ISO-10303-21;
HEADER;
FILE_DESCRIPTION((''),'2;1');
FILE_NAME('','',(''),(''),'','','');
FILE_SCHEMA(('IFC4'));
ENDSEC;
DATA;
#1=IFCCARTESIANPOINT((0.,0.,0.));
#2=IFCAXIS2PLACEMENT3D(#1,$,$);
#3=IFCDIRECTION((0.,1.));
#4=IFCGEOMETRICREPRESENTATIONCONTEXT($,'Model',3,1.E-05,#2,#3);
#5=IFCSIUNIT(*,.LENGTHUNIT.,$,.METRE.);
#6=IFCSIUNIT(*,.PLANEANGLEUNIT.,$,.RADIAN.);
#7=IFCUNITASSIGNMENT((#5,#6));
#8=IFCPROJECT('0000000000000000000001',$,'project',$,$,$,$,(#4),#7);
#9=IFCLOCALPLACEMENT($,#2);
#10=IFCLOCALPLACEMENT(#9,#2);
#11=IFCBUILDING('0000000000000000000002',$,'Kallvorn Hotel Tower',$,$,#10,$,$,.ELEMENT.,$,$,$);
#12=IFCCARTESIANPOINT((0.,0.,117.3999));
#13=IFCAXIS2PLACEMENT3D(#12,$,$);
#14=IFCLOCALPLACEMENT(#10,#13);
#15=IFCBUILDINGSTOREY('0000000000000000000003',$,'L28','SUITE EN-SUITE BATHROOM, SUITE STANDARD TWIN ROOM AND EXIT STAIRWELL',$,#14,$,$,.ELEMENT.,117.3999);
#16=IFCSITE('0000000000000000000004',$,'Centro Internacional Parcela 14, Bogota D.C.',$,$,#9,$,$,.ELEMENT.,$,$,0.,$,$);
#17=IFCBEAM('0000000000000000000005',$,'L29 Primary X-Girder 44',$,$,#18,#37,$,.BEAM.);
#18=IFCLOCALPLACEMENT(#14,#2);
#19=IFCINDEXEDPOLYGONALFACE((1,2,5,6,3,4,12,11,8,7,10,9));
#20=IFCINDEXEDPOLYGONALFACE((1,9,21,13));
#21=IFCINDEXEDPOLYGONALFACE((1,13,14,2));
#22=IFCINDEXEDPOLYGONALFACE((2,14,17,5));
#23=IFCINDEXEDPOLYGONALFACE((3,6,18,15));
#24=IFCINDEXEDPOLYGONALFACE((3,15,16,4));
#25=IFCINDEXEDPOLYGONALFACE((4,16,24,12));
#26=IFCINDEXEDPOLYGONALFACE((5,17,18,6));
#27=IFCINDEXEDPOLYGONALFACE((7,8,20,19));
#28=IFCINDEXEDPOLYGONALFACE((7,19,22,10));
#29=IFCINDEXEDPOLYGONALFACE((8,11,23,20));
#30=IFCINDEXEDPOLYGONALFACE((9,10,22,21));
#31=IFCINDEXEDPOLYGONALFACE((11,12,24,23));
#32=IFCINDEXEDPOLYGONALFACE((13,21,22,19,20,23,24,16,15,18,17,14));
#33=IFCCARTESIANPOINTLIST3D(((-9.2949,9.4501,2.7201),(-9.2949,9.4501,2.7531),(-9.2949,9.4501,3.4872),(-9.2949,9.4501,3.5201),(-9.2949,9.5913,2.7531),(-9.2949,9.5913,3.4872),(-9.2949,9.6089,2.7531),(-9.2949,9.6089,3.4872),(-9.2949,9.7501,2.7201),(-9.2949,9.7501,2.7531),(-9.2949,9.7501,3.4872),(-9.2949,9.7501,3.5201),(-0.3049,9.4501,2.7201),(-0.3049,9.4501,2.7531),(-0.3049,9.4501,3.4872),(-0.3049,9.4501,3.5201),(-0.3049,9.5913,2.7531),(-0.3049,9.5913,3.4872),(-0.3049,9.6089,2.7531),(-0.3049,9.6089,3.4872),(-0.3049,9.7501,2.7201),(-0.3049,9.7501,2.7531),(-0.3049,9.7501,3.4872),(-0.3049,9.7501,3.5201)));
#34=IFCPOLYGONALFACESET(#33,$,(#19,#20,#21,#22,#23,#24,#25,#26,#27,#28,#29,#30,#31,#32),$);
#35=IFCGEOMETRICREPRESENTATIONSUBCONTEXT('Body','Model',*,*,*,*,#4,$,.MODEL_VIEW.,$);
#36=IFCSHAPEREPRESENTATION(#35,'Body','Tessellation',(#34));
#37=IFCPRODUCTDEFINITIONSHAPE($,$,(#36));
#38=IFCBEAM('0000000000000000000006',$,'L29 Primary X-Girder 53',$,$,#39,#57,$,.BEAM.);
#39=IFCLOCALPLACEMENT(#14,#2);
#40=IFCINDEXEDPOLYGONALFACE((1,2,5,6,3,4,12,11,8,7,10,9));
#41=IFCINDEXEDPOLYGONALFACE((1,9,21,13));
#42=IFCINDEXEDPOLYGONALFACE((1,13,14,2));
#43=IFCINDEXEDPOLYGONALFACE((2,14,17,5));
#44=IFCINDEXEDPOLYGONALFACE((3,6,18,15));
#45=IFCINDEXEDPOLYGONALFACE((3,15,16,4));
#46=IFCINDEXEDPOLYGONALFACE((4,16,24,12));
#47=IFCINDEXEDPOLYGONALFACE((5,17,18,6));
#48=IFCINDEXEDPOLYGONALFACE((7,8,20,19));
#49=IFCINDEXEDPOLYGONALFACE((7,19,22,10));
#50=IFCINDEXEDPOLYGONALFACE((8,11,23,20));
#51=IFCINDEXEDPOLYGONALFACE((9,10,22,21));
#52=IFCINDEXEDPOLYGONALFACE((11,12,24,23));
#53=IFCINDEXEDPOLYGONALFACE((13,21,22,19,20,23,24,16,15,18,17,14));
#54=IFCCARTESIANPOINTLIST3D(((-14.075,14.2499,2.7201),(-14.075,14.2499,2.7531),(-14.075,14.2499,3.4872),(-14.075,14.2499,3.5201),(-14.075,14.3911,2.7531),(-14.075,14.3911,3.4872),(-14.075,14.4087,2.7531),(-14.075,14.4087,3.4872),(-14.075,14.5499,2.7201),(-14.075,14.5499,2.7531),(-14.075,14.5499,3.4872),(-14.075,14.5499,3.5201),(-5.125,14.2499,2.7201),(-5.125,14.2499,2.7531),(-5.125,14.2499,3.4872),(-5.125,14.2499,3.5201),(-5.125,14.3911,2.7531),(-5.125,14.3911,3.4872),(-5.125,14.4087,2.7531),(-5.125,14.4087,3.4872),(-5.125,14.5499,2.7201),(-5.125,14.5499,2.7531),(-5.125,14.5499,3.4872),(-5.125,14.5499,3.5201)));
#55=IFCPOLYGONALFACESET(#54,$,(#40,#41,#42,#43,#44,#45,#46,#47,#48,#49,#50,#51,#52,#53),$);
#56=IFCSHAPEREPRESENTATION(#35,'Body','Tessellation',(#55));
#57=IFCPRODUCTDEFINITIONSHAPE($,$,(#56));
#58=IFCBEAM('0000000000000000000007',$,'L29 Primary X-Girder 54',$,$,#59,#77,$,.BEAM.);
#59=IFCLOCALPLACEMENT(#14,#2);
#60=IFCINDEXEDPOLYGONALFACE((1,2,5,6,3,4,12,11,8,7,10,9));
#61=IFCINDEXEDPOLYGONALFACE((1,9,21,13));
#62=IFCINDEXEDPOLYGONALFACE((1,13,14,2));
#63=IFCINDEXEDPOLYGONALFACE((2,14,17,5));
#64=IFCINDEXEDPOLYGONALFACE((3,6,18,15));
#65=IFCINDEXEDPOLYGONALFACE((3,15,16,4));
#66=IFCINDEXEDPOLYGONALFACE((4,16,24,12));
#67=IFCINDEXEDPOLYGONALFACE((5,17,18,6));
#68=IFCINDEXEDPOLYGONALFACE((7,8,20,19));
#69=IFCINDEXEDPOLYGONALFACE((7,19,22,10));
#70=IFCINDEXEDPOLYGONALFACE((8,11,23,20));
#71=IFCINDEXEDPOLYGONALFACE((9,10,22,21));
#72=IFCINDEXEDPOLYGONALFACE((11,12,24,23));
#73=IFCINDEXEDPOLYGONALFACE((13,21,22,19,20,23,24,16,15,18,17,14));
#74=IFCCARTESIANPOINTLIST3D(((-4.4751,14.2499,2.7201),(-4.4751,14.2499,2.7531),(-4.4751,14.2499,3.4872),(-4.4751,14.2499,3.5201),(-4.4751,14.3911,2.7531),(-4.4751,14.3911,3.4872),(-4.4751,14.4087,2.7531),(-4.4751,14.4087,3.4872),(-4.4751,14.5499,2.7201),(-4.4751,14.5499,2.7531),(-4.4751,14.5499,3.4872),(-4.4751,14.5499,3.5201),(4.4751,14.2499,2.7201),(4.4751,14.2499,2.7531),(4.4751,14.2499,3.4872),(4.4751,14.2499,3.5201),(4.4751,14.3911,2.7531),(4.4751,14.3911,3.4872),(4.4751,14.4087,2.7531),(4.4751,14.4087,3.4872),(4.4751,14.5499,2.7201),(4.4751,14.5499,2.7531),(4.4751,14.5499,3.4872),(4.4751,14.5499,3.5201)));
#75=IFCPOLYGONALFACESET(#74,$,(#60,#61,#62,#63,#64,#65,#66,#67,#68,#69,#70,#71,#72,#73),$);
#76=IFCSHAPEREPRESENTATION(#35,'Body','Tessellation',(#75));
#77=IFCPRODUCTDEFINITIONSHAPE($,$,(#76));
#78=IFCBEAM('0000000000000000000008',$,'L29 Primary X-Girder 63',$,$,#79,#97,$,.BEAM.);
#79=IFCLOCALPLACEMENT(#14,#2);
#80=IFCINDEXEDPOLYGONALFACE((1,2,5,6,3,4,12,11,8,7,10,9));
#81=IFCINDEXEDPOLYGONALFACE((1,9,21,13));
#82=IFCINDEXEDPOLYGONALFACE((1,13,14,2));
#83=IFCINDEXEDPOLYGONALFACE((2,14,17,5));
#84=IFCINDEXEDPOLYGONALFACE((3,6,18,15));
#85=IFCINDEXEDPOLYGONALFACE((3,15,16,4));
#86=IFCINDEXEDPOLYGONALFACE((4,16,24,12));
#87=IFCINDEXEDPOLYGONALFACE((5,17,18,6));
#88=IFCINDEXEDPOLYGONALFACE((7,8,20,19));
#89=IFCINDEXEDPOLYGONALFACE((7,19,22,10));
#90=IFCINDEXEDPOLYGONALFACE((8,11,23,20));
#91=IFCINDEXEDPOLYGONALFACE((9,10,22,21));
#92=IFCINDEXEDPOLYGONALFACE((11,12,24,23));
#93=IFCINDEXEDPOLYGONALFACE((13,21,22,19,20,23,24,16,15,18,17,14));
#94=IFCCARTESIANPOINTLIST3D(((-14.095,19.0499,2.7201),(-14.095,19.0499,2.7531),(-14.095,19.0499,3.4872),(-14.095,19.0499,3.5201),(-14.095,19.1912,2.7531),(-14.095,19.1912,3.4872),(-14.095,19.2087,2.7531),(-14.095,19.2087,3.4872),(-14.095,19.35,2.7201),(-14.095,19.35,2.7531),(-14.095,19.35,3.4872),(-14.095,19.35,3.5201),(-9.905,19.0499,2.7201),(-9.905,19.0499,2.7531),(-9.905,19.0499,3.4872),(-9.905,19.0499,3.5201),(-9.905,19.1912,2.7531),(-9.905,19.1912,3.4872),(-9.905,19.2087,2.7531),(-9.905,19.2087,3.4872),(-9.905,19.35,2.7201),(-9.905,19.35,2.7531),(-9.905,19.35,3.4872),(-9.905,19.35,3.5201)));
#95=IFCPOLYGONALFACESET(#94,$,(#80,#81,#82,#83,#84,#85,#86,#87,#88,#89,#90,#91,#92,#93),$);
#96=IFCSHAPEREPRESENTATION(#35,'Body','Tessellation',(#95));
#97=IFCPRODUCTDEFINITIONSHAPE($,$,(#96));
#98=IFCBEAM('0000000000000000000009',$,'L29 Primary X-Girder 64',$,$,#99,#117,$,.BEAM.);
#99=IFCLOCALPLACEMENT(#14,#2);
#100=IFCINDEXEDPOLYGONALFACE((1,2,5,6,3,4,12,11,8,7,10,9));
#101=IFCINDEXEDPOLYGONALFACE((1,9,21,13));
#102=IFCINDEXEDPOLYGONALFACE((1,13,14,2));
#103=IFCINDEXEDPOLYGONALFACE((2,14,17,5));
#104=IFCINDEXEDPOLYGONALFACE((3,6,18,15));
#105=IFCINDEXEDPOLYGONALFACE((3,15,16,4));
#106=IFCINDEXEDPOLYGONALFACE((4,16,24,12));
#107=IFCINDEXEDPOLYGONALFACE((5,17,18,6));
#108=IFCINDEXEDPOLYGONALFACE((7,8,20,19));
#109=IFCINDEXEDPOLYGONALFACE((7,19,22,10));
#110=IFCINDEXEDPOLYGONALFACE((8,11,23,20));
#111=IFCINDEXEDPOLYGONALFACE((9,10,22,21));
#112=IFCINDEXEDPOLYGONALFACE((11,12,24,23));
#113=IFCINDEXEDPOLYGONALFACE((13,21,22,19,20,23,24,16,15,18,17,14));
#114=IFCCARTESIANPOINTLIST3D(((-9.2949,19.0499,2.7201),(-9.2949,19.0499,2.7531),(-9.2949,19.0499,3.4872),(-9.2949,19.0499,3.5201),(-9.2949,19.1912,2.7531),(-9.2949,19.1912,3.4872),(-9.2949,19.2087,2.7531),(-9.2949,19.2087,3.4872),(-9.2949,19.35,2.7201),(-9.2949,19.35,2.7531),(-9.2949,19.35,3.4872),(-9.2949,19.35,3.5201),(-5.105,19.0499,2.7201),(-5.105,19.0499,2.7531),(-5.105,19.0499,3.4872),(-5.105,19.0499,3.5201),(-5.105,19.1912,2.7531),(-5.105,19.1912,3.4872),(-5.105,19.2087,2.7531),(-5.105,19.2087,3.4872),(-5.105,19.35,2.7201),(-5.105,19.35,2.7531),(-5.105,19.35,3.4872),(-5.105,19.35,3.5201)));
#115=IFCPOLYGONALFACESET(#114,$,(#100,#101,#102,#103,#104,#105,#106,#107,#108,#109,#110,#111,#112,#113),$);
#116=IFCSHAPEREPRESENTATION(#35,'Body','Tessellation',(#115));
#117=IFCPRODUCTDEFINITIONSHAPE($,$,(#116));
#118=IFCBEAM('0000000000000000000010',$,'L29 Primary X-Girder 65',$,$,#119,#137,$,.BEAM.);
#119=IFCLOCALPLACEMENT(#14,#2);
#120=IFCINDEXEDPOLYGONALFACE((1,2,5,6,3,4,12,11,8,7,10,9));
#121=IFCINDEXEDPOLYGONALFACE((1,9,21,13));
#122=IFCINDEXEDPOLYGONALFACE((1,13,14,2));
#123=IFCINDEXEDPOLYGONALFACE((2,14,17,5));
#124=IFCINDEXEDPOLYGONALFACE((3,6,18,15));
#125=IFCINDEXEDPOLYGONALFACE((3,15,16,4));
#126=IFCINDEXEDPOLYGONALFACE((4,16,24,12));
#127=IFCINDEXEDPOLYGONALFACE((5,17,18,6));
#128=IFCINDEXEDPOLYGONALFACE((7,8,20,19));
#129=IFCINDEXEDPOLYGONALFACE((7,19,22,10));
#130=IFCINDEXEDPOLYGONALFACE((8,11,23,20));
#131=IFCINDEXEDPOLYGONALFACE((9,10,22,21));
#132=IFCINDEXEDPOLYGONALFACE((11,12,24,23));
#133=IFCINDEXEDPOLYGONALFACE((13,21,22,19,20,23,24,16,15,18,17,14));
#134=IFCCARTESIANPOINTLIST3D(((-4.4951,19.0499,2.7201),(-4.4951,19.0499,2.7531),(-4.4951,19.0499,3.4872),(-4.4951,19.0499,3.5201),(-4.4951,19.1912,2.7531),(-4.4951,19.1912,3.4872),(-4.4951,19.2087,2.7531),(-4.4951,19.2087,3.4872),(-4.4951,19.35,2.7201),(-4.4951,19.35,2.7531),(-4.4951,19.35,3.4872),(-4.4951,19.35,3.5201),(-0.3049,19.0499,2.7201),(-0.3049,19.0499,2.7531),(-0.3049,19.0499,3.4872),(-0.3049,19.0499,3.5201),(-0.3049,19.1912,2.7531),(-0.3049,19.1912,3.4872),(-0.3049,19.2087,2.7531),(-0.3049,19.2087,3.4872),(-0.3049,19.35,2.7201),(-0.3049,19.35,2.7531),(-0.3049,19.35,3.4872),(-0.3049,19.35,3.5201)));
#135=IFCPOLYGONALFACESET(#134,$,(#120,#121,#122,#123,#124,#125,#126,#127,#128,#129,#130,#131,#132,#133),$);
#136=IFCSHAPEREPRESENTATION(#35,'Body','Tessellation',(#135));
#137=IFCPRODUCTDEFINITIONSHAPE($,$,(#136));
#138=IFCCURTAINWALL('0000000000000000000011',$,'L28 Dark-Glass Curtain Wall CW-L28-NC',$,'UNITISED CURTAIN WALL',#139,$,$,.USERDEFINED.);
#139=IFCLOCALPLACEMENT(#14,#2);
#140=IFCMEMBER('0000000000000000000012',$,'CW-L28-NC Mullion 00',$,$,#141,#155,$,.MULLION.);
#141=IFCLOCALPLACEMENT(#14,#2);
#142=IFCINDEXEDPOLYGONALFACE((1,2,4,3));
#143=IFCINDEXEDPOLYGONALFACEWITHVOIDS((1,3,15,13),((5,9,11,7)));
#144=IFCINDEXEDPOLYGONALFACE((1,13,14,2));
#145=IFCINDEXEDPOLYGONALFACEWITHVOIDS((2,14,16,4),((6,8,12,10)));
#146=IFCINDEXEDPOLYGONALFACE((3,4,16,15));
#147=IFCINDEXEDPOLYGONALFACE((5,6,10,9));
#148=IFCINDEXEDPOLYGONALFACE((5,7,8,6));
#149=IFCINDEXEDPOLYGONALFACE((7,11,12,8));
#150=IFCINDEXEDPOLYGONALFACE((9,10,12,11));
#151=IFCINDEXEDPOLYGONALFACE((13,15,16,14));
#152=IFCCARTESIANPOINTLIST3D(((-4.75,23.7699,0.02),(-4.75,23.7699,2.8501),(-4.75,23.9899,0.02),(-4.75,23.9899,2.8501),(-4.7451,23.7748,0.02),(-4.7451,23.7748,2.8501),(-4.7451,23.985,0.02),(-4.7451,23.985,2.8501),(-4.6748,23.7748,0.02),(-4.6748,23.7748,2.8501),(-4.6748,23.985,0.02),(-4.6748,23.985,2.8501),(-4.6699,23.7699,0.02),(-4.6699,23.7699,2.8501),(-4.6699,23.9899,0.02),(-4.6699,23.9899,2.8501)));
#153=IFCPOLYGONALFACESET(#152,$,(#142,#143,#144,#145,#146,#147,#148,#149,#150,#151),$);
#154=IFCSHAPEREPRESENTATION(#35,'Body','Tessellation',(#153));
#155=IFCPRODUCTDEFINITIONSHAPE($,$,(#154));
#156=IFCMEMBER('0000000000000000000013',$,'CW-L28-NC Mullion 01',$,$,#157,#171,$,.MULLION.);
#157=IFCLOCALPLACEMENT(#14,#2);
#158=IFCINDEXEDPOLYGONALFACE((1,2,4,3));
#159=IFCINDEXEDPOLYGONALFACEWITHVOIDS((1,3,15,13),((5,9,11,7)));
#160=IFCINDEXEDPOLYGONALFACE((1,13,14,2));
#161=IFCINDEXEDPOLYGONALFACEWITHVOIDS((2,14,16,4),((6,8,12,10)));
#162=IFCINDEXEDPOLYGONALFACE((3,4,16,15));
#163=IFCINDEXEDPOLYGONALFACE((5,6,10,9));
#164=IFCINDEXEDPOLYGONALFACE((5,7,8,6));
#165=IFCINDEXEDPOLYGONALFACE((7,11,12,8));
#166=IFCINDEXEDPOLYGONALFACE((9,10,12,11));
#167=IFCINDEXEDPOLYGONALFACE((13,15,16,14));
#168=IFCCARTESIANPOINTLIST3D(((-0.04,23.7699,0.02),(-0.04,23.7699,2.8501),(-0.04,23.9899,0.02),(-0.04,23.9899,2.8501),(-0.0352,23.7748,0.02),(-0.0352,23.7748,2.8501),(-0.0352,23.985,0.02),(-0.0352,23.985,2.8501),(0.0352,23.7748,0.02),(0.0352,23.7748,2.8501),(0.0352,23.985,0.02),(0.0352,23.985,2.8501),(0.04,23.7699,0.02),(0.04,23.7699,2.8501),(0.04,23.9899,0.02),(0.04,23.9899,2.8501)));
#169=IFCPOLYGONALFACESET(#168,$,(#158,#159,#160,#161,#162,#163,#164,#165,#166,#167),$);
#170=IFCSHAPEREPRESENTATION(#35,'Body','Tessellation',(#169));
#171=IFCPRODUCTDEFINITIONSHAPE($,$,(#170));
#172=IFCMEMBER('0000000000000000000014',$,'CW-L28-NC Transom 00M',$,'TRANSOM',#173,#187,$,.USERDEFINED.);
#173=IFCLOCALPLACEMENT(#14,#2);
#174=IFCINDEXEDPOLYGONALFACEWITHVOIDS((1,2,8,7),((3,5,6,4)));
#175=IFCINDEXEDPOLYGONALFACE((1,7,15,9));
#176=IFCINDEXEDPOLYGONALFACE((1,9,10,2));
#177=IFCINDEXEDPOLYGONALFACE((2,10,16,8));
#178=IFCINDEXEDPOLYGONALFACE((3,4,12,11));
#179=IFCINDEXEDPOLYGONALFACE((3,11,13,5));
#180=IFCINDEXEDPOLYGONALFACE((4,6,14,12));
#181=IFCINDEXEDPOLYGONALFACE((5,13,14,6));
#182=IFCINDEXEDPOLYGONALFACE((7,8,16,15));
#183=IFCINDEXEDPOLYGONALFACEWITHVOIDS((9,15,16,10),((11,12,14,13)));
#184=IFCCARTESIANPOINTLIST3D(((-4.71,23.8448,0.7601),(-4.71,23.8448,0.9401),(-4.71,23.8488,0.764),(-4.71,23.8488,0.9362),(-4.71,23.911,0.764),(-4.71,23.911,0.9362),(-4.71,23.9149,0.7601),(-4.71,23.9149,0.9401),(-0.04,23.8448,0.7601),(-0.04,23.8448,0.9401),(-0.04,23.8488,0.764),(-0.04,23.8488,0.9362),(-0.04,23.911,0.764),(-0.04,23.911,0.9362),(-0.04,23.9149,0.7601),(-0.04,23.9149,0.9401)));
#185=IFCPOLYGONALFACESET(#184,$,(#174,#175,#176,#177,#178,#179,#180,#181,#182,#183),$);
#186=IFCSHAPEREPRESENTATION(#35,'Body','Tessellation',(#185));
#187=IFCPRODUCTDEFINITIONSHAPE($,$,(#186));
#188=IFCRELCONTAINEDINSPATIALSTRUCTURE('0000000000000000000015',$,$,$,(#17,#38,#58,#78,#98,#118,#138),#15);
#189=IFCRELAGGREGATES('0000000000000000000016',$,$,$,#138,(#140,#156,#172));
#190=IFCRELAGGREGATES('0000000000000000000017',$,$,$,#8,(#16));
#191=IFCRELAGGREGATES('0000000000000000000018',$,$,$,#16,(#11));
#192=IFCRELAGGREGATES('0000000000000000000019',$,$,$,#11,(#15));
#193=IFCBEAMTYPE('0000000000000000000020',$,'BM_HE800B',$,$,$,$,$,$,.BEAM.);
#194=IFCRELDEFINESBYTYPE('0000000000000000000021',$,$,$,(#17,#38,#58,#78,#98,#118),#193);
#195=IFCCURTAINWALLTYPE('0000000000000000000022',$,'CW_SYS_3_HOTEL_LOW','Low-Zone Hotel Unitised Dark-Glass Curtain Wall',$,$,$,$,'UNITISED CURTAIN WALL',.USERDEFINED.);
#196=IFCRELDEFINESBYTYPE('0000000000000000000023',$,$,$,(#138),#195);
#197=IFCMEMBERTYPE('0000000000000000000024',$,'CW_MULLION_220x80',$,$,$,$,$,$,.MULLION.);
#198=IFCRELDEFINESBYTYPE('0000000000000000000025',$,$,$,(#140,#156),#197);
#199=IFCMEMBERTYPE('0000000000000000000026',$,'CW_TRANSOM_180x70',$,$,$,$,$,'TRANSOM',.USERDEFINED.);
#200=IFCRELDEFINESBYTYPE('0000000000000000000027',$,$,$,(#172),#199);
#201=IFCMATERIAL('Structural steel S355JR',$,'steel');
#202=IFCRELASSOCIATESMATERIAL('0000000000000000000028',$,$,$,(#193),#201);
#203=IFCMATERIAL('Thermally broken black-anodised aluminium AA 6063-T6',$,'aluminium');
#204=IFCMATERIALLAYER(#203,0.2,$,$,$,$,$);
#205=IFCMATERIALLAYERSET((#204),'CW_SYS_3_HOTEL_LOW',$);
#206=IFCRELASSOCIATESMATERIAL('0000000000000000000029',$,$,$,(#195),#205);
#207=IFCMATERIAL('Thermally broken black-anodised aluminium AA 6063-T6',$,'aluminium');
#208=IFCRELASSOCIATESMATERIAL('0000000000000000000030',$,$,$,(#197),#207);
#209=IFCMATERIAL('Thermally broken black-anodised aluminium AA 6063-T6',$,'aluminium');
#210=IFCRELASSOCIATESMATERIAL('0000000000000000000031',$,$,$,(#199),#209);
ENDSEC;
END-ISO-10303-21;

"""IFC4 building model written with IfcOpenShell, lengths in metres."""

from ifc_helpers import new_model, si_unit, direction, frame, origin, origin_2d, place, context, subcontext, project, spatial, hollow_rectangle, i_section, extrude, material, layer, layer_set, material_profile, profile_set, type_object, element, aggregate, save


model = new_model("IFC4")

# Units and contexts
model_context = context("Model", 3, precision=1e-05, world=origin(), true_north=direction((0.0, 1.0)))
body_context = subcontext(model_context, "Body", "Model", "MODEL_VIEW")
ifc_project = project(units=[si_unit("LENGTHUNIT", "METRE"), si_unit("PLANEANGLEUNIT", "RADIAN")], contexts=[model_context])

# Site, building, storey
site_placement = place(None, origin())
site = spatial("IfcSite", under=ifc_project, at=site_placement, Name="Centro Internacional Parcela 14, Bogota D.C.", CompositionType="ELEMENT", RefElevation=0.0)
building_placement = place(site_placement, origin())
building = spatial("IfcBuilding", under=site, at=building_placement, Name="Kallvorn Hotel Tower", CompositionType="ELEMENT")
storey_placement = place(building_placement, frame((0.0, 0.0, 117.3999)))
storey = spatial("IfcBuildingStorey", under=building, at=storey_placement, Name="L28", Description="SUITE EN-SUITE BATHROOM, SUITE STANDARD TWIN ROOM AND EXIT STAIRWELL", CompositionType="ELEMENT", Elevation=117.3999)

# Beams
ifc_material_1 = material(Name="Structural steel S355JR", Category="steel")
ifc_material_profile_1 = material_profile(ifc_material_1, i_section(OverallWidth=0.3, OverallDepth=0.8, WebThickness=0.0176, FlangeThickness=0.033, at=origin_2d()), Name="HE 800 B")
ifc_profile_set_1 = profile_set([ifc_material_profile_1], Name="Structural steel S355JR")
beam_type_1 = type_object("IfcBeamType", Name="BM_HE800B", PredefinedType="BEAM", material=ifc_profile_set_1)
beam_1_placement = place(storey_placement, frame((-9.2949, 9.6001, 3.1201), z_axis=(1.0, 0.0, 0.0), x_axis=(0.0, 1.0, 0.0)))
element("IfcBeam", 1, at=beam_1_placement, inside=storey, type_object=beam_type_1, Name="L29 Primary X-Girder 44", PredefinedType="BEAM", context=body_context, shape_type="SweptSolid", body=[
    extrude(i_section(OverallWidth=0.3, OverallDepth=0.8, WebThickness=0.0176, FlangeThickness=0.033, at=origin_2d()), origin(), (0.0, 0.0, 1.0), 8.99),
])
beam_2_placement = place(storey_placement, frame((-14.075, 14.3999, 3.1201), z_axis=(1.0, 0.0, 0.0), x_axis=(0.0, 1.0, 0.0)))
element("IfcBeam", 2, at=beam_2_placement, inside=storey, type_object=beam_type_1, Name="L29 Primary X-Girder 53", PredefinedType="BEAM", context=body_context, shape_type="SweptSolid", body=[
    extrude(i_section(OverallWidth=0.3, OverallDepth=0.8, WebThickness=0.0176, FlangeThickness=0.033, at=origin_2d()), origin(), (0.0, 0.0, 1.0), 8.95),
])
beam_3_placement = place(storey_placement, frame((-4.4751, 14.3999, 3.1201), z_axis=(1.0, 0.0, 0.0), x_axis=(0.0, 1.0, 0.0)))
element("IfcBeam", 3, at=beam_3_placement, inside=storey, type_object=beam_type_1, Name="L29 Primary X-Girder 54", PredefinedType="BEAM", context=body_context, shape_type="SweptSolid", body=[
    extrude(i_section(OverallWidth=0.3, OverallDepth=0.8, WebThickness=0.0176, FlangeThickness=0.033, at=origin_2d()), origin(), (0.0, 0.0, 1.0), 8.9502),
])
for number, where, z_axis, x_axis, name in (
    (4, (-14.095, 19.2, 3.1201), (1.0, 0.0, 0.0), (0.0, 1.0, 0.0), "L29 Primary X-Girder 63"),
    (5, (-9.2949, 19.2, 3.1201), (1.0, 0.0, 0.0), (0.0, 1.0, 0.0), "L29 Primary X-Girder 64"),
):
    element("IfcBeam", number, at=place(storey_placement, frame(where, z_axis=z_axis, x_axis=x_axis)), inside=storey, type_object=beam_type_1, Name=name, PredefinedType="BEAM", context=body_context, shape_type="SweptSolid", body=[
        extrude(i_section(OverallWidth=0.3, OverallDepth=0.8, WebThickness=0.0176, FlangeThickness=0.033, at=origin_2d()), origin(), (0.0, 0.0, 1.0), 4.1899),
    ])
beam_4_placement = place(storey_placement, frame((-4.4951, 19.2, 3.1201), z_axis=(1.0, 0.0, 0.0), x_axis=(0.0, 1.0, 0.0)))
element("IfcBeam", 6, at=beam_4_placement, inside=storey, type_object=beam_type_1, Name="L29 Primary X-Girder 65", PredefinedType="BEAM", context=body_context, shape_type="SweptSolid", body=[
    extrude(i_section(OverallWidth=0.3, OverallDepth=0.8, WebThickness=0.0176, FlangeThickness=0.033, at=origin_2d()), origin(), (0.0, 0.0, 1.0), 4.1902),
])

# Curtain wall, members
ifc_material_2 = material(Name="Thermally broken black-anodised aluminium AA 6063-T6", Category="aluminium")
ifc_layer_1 = layer(ifc_material_2, 0.2)
ifc_layer_set_1 = layer_set([ifc_layer_1], Name="CW_SYS_3_HOTEL_LOW")
curtain_wall_type = type_object("IfcCurtainWallType", Name="CW_SYS_3_HOTEL_LOW", Description="Low-Zone Hotel Unitised Dark-Glass Curtain Wall", ElementType="UNITISED CURTAIN WALL", PredefinedType="USERDEFINED", material=ifc_layer_set_1)
curtain_wall_placement = place(storey_placement, origin())
curtain_wall = element("IfcCurtainWall", 7, at=curtain_wall_placement, inside=storey, type_object=curtain_wall_type, Name="L28 Dark-Glass Curtain Wall CW-L28-NC", ObjectType="UNITISED CURTAIN WALL", PredefinedType="USERDEFINED")
ifc_material_3 = material(Name="Thermally broken black-anodised aluminium AA 6063-T6", Category="aluminium")
ifc_material_profile_2 = material_profile(ifc_material_3, hollow_rectangle(XDim=0.0801, YDim=0.22, WallThickness=0.0049, at=origin_2d()), Name="MUL 220x80")
ifc_profile_set_2 = profile_set([ifc_material_profile_2], Name="Thermally broken black-anodised aluminium AA 6063-T6")
member_type_1 = type_object("IfcMemberType", Name="CW_MULLION_220x80", PredefinedType="MULLION", material=ifc_profile_set_2)
member_1_placement = place(storey_placement, frame((-4.71, 23.8799, 0.02), z_axis=(0.0, 0.0, 1.0), x_axis=(1.0, 0.0, 0.0)))
member_1 = element("IfcMember", 8, at=member_1_placement, type_object=member_type_1, Name="CW-L28-NC Mullion 00", PredefinedType="MULLION", context=body_context, shape_type="SweptSolid", body=[
    extrude(hollow_rectangle(XDim=0.0801, YDim=0.22, WallThickness=0.0049, at=origin_2d()), origin(), (0.0, 0.0, 1.0), 2.8301),
])
member_2_placement = place(storey_placement, frame((0.0, 23.8799, 0.02), z_axis=(0.0, 0.0, 1.0), x_axis=(1.0, 0.0, 0.0)))
member_2 = element("IfcMember", 9, at=member_2_placement, type_object=member_type_1, Name="CW-L28-NC Mullion 01", PredefinedType="MULLION", context=body_context, shape_type="SweptSolid", body=[
    extrude(hollow_rectangle(XDim=0.0801, YDim=0.22, WallThickness=0.0049, at=origin_2d()), origin(), (0.0, 0.0, 1.0), 2.8301),
])
ifc_material_4 = material(Name="Thermally broken black-anodised aluminium AA 6063-T6", Category="aluminium")
ifc_material_profile_3 = material_profile(ifc_material_4, hollow_rectangle(XDim=0.0701, YDim=0.1799, WallThickness=0.0039, at=origin_2d()), Name="TRN 180x70")
ifc_profile_set_3 = profile_set([ifc_material_profile_3], Name="Thermally broken black-anodised aluminium AA 6063-T6")
member_type_2 = type_object("IfcMemberType", Name="CW_TRANSOM_180x70", ElementType="TRANSOM", PredefinedType="USERDEFINED", material=ifc_profile_set_3)
member_3_placement = place(storey_placement, frame((-4.71, 23.8799, 0.8501), z_axis=(1.0, 0.0, 0.0), x_axis=(0.0, 1.0, 0.0)))
member_3 = element("IfcMember", 10, at=member_3_placement, type_object=member_type_2, Name="CW-L28-NC Transom 00M", ObjectType="TRANSOM", PredefinedType="USERDEFINED", context=body_context, shape_type="SweptSolid", body=[
    extrude(hollow_rectangle(XDim=0.0701, YDim=0.1799, WallThickness=0.0039, at=origin_2d()), origin(), (0.0, 0.0, 1.0), 4.6699),
])
aggregate(curtain_wall, [member_1, member_2, member_3])

save(model, "model.ifc")
